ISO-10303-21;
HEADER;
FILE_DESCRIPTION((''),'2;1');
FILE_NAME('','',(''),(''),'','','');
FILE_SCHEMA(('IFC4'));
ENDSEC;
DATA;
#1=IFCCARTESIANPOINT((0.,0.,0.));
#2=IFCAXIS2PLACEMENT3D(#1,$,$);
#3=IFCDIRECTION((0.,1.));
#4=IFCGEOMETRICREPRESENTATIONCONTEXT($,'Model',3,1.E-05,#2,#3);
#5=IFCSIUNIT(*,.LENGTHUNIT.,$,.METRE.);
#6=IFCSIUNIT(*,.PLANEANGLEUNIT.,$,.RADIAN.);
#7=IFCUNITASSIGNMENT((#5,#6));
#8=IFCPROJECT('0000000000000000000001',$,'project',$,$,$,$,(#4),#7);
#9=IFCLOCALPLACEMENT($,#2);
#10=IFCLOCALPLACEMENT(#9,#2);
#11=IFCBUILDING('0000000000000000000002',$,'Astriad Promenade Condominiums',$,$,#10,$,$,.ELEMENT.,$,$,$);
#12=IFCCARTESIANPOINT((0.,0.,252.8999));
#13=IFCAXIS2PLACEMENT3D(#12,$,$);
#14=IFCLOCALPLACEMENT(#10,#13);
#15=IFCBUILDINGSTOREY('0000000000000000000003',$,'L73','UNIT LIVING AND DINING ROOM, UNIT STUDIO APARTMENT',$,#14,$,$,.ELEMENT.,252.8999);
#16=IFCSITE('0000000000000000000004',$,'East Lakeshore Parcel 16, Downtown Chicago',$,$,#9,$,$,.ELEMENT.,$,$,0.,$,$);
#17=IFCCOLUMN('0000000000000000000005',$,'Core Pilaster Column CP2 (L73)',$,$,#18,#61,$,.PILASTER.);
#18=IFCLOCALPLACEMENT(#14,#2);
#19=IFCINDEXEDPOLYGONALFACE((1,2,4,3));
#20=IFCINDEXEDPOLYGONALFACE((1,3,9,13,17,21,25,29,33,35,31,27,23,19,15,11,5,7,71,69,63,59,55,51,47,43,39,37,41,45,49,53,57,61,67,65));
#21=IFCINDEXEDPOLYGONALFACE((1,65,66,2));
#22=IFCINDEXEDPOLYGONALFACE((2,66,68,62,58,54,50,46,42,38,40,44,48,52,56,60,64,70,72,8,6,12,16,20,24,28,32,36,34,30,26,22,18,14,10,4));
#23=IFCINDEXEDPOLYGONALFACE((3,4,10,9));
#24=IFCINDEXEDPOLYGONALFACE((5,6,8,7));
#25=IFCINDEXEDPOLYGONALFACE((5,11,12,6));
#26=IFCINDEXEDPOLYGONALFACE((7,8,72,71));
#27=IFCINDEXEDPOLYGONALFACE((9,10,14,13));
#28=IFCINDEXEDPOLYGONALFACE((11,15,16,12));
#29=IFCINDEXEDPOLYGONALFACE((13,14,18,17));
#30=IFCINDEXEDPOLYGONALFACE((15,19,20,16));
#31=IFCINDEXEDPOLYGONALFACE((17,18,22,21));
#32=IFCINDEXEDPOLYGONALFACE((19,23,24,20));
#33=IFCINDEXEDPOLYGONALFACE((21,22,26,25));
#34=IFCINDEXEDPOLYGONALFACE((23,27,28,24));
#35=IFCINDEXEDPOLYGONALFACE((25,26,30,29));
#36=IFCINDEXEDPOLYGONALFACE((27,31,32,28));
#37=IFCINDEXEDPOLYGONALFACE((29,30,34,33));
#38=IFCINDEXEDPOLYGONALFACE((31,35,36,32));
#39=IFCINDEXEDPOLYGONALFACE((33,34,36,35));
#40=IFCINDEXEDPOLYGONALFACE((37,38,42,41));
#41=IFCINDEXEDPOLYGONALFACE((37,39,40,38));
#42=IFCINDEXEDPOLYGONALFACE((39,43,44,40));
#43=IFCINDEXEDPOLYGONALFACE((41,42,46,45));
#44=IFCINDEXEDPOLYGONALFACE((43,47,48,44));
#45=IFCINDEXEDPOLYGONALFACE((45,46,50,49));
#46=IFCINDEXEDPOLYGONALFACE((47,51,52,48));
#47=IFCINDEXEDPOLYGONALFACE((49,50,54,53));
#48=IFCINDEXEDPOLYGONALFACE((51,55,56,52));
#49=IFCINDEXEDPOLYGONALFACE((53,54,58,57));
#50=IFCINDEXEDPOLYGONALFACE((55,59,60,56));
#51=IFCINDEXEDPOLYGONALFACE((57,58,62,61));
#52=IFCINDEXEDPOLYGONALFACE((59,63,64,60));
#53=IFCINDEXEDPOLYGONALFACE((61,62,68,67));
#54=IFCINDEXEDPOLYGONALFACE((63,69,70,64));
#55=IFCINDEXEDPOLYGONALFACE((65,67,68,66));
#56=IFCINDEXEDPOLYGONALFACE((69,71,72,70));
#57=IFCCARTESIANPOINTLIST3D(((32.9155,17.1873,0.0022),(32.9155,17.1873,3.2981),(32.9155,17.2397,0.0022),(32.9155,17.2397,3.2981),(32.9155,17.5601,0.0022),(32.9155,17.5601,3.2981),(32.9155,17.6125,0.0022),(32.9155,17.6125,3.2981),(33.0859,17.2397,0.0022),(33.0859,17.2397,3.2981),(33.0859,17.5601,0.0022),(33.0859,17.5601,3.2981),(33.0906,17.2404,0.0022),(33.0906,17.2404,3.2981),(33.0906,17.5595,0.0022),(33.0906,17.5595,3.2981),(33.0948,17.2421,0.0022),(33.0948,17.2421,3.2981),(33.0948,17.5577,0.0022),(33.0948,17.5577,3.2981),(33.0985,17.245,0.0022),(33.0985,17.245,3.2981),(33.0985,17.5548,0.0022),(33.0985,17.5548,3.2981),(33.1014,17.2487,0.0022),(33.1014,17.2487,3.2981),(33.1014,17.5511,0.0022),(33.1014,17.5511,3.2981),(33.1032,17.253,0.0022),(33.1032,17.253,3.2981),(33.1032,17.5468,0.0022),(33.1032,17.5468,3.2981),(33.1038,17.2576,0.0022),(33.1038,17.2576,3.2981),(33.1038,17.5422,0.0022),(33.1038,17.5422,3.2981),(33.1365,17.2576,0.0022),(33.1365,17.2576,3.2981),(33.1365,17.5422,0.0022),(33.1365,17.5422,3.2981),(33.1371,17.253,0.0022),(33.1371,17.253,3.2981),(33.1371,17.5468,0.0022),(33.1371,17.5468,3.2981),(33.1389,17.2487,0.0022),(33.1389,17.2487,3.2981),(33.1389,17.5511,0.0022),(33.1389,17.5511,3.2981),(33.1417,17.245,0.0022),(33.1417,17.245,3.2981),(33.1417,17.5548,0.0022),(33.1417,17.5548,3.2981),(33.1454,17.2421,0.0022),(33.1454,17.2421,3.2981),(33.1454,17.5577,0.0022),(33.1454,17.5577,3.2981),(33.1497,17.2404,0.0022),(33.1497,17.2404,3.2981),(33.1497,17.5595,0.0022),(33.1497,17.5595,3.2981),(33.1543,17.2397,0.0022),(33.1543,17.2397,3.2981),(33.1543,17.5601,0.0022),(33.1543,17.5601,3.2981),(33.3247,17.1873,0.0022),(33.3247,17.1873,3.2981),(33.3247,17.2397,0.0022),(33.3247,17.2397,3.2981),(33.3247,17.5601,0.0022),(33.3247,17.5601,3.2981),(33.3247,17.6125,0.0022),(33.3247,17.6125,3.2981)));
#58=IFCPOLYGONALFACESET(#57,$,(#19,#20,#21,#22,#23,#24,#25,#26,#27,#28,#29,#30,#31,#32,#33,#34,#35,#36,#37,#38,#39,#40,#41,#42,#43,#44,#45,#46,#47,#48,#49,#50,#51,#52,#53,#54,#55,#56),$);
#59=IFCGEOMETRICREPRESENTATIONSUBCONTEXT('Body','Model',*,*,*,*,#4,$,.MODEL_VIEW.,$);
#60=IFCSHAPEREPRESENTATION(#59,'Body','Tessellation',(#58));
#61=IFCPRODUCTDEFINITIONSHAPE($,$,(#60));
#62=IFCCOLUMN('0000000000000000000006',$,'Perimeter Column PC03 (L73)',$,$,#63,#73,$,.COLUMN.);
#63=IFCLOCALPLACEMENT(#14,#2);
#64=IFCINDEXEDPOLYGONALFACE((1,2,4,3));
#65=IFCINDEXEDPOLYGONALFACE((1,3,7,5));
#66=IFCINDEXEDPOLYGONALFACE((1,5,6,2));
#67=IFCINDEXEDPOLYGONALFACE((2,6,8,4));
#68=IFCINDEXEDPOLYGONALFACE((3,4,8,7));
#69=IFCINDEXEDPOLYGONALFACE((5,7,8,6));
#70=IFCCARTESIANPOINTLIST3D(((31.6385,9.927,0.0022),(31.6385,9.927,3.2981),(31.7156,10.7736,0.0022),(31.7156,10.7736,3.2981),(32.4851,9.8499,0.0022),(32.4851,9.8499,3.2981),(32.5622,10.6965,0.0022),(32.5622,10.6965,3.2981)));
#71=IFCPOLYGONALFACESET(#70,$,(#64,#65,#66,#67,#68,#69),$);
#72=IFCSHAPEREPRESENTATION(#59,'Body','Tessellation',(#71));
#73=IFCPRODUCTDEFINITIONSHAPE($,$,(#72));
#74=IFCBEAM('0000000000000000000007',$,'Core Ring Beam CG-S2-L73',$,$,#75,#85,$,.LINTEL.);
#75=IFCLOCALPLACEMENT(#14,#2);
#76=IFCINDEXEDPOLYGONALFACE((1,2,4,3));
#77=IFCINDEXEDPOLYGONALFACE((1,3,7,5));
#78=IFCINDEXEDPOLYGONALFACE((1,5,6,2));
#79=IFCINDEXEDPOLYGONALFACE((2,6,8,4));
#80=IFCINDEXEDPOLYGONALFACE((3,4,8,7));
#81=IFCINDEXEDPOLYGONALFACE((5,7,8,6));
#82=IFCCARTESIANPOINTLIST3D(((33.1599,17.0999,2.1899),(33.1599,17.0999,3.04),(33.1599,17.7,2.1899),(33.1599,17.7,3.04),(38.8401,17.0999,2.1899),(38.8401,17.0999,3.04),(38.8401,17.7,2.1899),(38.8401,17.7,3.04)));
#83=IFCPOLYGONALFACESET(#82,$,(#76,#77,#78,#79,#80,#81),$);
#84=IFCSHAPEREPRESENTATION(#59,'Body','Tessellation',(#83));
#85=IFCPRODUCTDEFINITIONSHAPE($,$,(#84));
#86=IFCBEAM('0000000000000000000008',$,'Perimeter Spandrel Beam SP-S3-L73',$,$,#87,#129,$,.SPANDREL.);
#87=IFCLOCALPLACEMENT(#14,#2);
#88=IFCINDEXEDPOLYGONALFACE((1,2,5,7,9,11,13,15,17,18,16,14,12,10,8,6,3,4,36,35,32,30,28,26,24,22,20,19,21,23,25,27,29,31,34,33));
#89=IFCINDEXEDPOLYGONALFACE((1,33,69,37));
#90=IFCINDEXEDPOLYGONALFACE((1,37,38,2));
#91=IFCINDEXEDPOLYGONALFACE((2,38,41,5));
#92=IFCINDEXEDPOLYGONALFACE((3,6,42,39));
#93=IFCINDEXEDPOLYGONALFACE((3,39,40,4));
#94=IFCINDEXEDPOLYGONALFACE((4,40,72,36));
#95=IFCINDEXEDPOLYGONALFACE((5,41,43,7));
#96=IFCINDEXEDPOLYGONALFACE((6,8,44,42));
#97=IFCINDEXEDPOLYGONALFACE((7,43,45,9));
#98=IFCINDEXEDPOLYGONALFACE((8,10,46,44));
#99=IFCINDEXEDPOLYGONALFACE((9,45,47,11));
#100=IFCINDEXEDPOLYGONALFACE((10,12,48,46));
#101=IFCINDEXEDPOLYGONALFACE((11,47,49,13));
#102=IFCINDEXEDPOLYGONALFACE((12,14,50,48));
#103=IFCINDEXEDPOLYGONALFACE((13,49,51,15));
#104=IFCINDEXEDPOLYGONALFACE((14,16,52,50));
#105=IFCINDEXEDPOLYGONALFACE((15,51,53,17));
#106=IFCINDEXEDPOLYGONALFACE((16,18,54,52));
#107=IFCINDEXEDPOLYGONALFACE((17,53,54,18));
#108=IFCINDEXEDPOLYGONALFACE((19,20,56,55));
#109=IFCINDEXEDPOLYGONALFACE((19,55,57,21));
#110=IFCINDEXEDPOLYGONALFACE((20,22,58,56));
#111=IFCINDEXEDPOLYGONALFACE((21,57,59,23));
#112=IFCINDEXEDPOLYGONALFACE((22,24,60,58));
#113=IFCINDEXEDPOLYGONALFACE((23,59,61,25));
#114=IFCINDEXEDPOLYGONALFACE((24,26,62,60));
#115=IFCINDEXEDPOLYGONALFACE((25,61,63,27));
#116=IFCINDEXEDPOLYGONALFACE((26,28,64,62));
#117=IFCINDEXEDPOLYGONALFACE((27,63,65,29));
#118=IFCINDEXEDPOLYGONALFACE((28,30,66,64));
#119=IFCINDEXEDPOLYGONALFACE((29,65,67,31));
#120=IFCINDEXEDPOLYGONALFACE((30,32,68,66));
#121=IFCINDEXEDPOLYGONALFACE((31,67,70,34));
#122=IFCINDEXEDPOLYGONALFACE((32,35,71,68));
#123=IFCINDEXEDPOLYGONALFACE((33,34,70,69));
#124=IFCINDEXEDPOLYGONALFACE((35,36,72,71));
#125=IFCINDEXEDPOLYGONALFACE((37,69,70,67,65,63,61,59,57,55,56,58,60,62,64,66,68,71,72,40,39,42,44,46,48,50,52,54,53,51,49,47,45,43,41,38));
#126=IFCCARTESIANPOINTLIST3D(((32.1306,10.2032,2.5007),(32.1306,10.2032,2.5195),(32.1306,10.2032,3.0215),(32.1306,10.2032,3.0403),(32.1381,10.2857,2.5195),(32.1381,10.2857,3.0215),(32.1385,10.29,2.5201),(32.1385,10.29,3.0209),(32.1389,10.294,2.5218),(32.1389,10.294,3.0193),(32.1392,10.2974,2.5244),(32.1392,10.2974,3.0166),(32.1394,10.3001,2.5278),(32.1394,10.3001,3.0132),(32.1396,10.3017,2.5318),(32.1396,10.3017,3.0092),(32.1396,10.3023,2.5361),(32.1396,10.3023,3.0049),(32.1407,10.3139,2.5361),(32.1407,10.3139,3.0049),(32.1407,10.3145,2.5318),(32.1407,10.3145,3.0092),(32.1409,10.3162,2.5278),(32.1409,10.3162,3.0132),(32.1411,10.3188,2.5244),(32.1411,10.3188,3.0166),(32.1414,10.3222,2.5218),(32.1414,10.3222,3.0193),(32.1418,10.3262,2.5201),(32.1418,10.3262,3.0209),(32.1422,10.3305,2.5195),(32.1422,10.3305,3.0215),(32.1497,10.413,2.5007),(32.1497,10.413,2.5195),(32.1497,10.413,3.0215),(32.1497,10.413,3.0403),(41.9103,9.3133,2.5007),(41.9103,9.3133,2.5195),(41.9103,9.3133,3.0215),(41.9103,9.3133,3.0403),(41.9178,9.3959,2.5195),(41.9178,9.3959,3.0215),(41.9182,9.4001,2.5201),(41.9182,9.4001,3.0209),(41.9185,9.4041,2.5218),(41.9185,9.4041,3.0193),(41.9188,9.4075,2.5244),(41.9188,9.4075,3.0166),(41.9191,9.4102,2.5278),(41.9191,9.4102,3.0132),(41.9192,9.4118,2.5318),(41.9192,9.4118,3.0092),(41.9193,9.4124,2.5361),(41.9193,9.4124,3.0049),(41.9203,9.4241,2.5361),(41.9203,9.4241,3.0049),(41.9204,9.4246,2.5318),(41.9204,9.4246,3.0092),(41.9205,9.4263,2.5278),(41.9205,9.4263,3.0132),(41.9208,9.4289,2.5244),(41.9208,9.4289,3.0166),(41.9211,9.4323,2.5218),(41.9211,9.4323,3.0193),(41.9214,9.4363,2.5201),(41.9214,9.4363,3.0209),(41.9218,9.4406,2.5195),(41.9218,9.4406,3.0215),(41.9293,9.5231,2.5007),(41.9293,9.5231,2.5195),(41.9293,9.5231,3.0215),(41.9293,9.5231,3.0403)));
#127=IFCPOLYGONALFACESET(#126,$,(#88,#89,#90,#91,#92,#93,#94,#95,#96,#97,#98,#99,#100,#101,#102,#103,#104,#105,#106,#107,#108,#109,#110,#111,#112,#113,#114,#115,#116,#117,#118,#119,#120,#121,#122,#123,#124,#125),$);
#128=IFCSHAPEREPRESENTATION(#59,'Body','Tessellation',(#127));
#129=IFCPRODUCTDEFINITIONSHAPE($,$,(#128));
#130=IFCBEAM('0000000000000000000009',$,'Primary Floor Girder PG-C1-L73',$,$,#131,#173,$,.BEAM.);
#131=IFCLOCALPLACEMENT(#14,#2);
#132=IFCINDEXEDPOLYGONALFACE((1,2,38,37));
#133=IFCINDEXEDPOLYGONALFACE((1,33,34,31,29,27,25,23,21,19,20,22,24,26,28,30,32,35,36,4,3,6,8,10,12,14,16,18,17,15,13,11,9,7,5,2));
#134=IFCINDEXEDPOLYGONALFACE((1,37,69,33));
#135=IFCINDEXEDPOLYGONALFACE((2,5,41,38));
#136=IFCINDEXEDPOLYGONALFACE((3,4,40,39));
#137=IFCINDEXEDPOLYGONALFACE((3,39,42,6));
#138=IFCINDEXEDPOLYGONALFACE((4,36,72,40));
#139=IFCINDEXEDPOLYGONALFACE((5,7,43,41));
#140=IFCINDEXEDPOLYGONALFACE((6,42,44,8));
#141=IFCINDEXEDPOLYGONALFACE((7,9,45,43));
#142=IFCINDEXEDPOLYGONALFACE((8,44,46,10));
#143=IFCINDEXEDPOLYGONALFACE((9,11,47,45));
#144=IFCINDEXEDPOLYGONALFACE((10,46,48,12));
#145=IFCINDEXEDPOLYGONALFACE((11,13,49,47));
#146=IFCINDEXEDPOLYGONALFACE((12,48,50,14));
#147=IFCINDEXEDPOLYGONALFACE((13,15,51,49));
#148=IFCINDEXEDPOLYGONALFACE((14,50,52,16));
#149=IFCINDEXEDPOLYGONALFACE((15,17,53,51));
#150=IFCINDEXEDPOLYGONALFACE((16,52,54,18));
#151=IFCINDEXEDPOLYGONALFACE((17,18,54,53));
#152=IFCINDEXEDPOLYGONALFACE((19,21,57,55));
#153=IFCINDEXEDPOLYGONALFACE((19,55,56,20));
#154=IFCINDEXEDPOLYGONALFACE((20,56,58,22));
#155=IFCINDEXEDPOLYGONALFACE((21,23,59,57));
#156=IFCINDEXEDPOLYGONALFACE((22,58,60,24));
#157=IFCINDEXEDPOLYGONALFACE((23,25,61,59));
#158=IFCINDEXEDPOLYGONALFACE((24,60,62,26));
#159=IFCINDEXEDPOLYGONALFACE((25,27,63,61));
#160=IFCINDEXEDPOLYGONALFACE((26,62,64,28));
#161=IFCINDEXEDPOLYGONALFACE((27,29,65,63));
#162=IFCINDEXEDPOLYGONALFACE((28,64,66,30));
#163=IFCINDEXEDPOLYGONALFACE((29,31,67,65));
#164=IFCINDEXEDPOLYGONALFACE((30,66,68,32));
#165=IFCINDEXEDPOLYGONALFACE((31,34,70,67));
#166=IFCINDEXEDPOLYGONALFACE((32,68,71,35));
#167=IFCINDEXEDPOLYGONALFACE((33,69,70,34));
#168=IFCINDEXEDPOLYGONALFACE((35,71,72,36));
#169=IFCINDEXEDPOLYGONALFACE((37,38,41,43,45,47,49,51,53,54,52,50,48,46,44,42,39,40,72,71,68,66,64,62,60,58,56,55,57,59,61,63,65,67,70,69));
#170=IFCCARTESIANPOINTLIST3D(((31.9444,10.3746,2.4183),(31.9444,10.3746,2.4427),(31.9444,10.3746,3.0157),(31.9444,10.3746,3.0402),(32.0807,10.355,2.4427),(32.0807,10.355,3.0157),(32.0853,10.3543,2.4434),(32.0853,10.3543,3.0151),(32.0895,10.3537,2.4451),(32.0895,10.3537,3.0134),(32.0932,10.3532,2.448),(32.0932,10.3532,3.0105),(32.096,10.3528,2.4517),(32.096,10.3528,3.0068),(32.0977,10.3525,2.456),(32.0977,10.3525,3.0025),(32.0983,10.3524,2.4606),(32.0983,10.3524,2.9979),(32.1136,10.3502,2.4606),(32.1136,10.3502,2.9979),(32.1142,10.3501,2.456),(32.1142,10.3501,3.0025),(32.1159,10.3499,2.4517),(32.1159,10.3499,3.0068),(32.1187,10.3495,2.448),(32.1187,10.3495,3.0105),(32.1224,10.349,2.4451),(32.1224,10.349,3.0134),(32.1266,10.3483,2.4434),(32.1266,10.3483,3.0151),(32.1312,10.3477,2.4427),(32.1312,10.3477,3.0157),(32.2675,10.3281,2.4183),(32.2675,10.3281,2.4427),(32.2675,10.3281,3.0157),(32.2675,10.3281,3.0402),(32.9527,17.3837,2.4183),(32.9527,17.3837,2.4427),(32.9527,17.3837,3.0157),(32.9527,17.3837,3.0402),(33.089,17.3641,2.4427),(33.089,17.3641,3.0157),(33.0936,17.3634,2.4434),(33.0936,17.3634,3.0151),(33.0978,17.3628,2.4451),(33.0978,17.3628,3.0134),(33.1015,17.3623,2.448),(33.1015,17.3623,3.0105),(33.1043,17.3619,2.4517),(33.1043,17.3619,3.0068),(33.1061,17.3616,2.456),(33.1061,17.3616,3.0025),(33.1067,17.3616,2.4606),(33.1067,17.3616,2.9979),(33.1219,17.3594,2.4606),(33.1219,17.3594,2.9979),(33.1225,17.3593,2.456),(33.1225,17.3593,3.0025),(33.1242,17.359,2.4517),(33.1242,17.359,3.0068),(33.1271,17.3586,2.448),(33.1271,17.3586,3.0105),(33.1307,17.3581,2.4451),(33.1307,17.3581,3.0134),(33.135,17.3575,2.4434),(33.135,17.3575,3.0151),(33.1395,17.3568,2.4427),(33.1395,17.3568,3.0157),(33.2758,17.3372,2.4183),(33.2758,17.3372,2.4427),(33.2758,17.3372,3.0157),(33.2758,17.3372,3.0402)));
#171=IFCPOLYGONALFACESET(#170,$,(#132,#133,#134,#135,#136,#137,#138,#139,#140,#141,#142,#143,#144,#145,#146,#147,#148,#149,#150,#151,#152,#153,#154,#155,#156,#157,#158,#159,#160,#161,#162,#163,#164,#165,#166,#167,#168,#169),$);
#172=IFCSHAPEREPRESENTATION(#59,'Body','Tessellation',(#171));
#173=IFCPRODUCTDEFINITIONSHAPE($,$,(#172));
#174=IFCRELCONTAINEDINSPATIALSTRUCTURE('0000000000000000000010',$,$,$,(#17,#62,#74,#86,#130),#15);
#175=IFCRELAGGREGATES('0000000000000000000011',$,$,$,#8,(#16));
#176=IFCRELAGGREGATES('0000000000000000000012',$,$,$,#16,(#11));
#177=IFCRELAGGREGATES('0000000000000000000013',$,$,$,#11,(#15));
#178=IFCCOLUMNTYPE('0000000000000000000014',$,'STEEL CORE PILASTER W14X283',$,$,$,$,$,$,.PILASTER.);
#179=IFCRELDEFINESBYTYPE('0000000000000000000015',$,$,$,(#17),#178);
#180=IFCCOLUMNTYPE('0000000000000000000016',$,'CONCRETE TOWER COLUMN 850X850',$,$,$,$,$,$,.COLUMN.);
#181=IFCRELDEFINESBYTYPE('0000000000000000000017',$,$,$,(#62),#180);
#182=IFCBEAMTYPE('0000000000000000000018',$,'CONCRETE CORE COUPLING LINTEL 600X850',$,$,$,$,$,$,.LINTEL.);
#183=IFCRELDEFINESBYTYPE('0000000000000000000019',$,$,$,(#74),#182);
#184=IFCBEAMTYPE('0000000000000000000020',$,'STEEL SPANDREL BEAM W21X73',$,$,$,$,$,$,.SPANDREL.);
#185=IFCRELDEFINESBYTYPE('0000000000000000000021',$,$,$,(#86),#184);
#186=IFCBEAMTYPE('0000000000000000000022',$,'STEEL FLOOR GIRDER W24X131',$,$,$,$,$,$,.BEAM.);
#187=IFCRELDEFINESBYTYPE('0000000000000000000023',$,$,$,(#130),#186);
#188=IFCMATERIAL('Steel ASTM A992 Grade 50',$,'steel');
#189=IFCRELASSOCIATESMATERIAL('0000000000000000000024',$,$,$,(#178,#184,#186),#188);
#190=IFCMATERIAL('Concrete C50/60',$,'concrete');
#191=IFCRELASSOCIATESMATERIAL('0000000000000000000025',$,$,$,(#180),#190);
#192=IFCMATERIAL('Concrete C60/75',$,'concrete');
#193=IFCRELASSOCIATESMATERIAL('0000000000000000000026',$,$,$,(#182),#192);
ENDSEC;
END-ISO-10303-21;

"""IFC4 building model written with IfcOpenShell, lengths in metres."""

from ifc_helpers import new_model, si_unit, direction, frame, origin, origin_2d, place, context, subcontext, project, spatial, rectangle, i_section, extrude, source, transform, mapped, material, material_profile, profile_set, type_object, type_shapes, element, save


model = new_model("IFC4")

# Units and contexts
model_context = context("Model", 3, precision=1e-05, world=origin(), true_north=direction((0.0, 1.0)))
body_context = subcontext(model_context, "Body", "Model", "MODEL_VIEW")
ifc_project = project(units=[si_unit("LENGTHUNIT", "METRE"), si_unit("PLANEANGLEUNIT", "RADIAN")], contexts=[model_context])

# Site, building, storey
site_placement = place(None, origin())
site = spatial("IfcSite", under=ifc_project, at=site_placement, Name="East Lakeshore Parcel 16, Downtown Chicago", CompositionType="ELEMENT", RefElevation=0.0)
building_placement = place(site_placement, origin())
building = spatial("IfcBuilding", under=site, at=building_placement, Name="Astriad Promenade Condominiums", CompositionType="ELEMENT")
storey_placement = place(building_placement, frame((0.0, 0.0, 252.8999)))
storey = spatial("IfcBuildingStorey", under=building, at=storey_placement, Name="L73", Description="UNIT LIVING AND DINING ROOM, UNIT STUDIO APARTMENT", CompositionType="ELEMENT", Elevation=252.8999)

# Columns
ifc_material_1 = material(Name="Steel ASTM A992 Grade 50", Category="steel")
ifc_material_profile_1 = material_profile(ifc_material_1, i_section(OverallWidth=0.4092, OverallDepth=0.4253, WebThickness=0.0327, FlangeThickness=0.0525, FilletRadius=0.0178, at=origin_2d()), Name="W14X283")
ifc_profile_set_1 = profile_set([ifc_material_profile_1], Name="Steel ASTM A992 Grade 50")
column_type_1 = type_object("IfcColumnType", Name="STEEL CORE PILASTER W14X283", PredefinedType="PILASTER", material=ifc_profile_set_1)
shared_shape_1 = source(origin(), body_context, "Body", "SweptSolid", [
    extrude(i_section(OverallWidth=0.4092, OverallDepth=0.4253, WebThickness=0.0327, FlangeThickness=0.0525, FilletRadius=0.0178, at=origin_2d()), origin(), (0.0, 0.0, 1.0), 3.2959),
])
type_shapes(column_type_1, [shared_shape_1])
column_1_placement = place(storey_placement, frame((33.1201, 17.3999, 0.0022), z_axis=(0.0, 0.0, 1.0), x_axis=(1.0, 0.0, 0.0)))
element("IfcColumn", 1, at=column_1_placement, inside=storey, type_object=column_type_1, Name="Core Pilaster Column CP2 (L73)", PredefinedType="PILASTER", context=body_context, shape_type="MappedRepresentation", body=[
    mapped(shared_shape_1, transform((0.0, 0.0, 0.0), scale=1.0)),
])
ifc_material_2 = material(Name="Concrete C50/60", Category="concrete")
ifc_material_profile_2 = material_profile(ifc_material_2, rectangle(XDim=0.8501, YDim=0.8501, at=origin_2d()), Name="RC-COL-850X850")
ifc_profile_set_2 = profile_set([ifc_material_profile_2], Name="Concrete C50/60")
column_type_2 = type_object("IfcColumnType", Name="CONCRETE TOWER COLUMN 850X850", PredefinedType="COLUMN", material=ifc_profile_set_2)
shared_shape_2 = source(origin(), body_context, "Body", "SweptSolid", [
    extrude(rectangle(XDim=0.8501, YDim=0.8501, at=origin_2d()), origin(), (0.0, 0.0, 1.0), 3.2959),
])
type_shapes(column_type_2, [shared_shape_2])
column_2_placement = place(storey_placement, frame((32.1003, 10.3118, 0.0022), z_axis=(0.0, 0.0, 1.0), x_axis=(0.995884, -0.090633, 0.0)))
element("IfcColumn", 2, at=column_2_placement, inside=storey, type_object=column_type_2, Name="Perimeter Column PC03 (L73)", PredefinedType="COLUMN", context=body_context, shape_type="MappedRepresentation", body=[
    mapped(shared_shape_2, transform((0.0, 0.0, 0.0), scale=1.0)),
])

# Beams
ifc_material_3 = material(Name="Concrete C60/75", Category="concrete")
ifc_material_profile_3 = material_profile(ifc_material_3, rectangle(XDim=0.6001, YDim=0.8501, at=origin_2d()), Name="RC-BM-600X850")
ifc_profile_set_3 = profile_set([ifc_material_profile_3], Name="Concrete C60/75")
beam_type_1 = type_object("IfcBeamType", Name="CONCRETE CORE COUPLING LINTEL 600X850", PredefinedType="LINTEL", material=ifc_profile_set_3)
shared_shape_3 = source(origin(), body_context, "Body", "SweptSolid", [
    extrude(rectangle(XDim=0.6001, YDim=0.8501, at=origin_2d()), origin(), (0.0, 0.0, 1.0), 5.6802),
])
type_shapes(beam_type_1, [shared_shape_3])
beam_1_placement = place(storey_placement, frame((33.1599, 17.3999, 2.615), z_axis=(1.0, 0.0, 0.0), x_axis=(0.0, 1.0, 0.0)))
element("IfcBeam", 3, at=beam_1_placement, inside=storey, type_object=beam_type_1, Name="Core Ring Beam CG-S2-L73", PredefinedType="LINTEL", context=body_context, shape_type="MappedRepresentation", body=[
    mapped(shared_shape_3, transform((0.0, 0.0, 0.0), scale=1.0)),
])
ifc_material_profile_4 = material_profile(ifc_material_1, i_section(OverallWidth=0.2107, OverallDepth=0.5396, WebThickness=0.0117, FlangeThickness=0.0188, FilletRadius=0.0166, at=origin_2d()), Name="W21X73")
ifc_profile_set_4 = profile_set([ifc_material_profile_4], Name="Steel ASTM A992 Grade 50")
beam_type_2 = type_object("IfcBeamType", Name="STEEL SPANDREL BEAM W21X73", PredefinedType="SPANDREL", material=ifc_profile_set_4)
shared_shape_4 = source(origin(), body_context, "Body", "SweptSolid", [
    extrude(i_section(OverallWidth=0.2107, OverallDepth=0.5396, WebThickness=0.0117, FlangeThickness=0.0188, FilletRadius=0.0166, at=origin_2d()), origin(), (0.0, 0.0, 1.0), 9.8201),
])
type_shapes(beam_type_2, [shared_shape_4])
beam_2_placement = place(storey_placement, frame((32.1401, 10.3081, 2.7705), z_axis=(0.995886, -0.090619, 0.0), x_axis=(0.090619, 0.995886, 0.0)))
element("IfcBeam", 4, at=beam_2_placement, inside=storey, type_object=beam_type_2, Name="Perimeter Spandrel Beam SP-S3-L73", PredefinedType="SPANDREL", context=body_context, shape_type="MappedRepresentation", body=[
    mapped(shared_shape_4, transform((0.0, 0.0, 0.0), scale=1.0)),
])
ifc_material_profile_5 = material_profile(ifc_material_1, i_section(OverallWidth=0.3264, OverallDepth=0.6218, WebThickness=0.0154, FlangeThickness=0.0244, FilletRadius=0.0178, at=origin_2d()), Name="W24X131")
ifc_profile_set_5 = profile_set([ifc_material_profile_5], Name="Steel ASTM A992 Grade 50")
beam_type_3 = type_object("IfcBeamType", Name="STEEL FLOOR GIRDER W24X131", PredefinedType="BEAM", material=ifc_profile_set_5)
shared_shape_5 = source(origin(), body_context, "Body", "SweptSolid", [
    extrude(i_section(OverallWidth=0.3264, OverallDepth=0.6218, WebThickness=0.0154, FlangeThickness=0.0244, FilletRadius=0.0178, at=origin_2d()), origin(), (0.0, 0.0, 1.0), 7.0813),
])
beam_3_placement = place(storey_placement, frame((32.106, 10.3513, 2.7292), z_axis=(0.142391, 0.98981, 0.0), x_axis=(-0.98981, 0.142391, 0.0)))
element("IfcBeam", 5, at=beam_3_placement, inside=storey, type_object=beam_type_3, Name="Primary Floor Girder PG-C1-L73", PredefinedType="BEAM", context=body_context, shape_type="MappedRepresentation", body=[
    mapped(shared_shape_5, transform((0.0, 0.0, 0.0), scale=1.0)),
])

save(model, "model.ifc")
